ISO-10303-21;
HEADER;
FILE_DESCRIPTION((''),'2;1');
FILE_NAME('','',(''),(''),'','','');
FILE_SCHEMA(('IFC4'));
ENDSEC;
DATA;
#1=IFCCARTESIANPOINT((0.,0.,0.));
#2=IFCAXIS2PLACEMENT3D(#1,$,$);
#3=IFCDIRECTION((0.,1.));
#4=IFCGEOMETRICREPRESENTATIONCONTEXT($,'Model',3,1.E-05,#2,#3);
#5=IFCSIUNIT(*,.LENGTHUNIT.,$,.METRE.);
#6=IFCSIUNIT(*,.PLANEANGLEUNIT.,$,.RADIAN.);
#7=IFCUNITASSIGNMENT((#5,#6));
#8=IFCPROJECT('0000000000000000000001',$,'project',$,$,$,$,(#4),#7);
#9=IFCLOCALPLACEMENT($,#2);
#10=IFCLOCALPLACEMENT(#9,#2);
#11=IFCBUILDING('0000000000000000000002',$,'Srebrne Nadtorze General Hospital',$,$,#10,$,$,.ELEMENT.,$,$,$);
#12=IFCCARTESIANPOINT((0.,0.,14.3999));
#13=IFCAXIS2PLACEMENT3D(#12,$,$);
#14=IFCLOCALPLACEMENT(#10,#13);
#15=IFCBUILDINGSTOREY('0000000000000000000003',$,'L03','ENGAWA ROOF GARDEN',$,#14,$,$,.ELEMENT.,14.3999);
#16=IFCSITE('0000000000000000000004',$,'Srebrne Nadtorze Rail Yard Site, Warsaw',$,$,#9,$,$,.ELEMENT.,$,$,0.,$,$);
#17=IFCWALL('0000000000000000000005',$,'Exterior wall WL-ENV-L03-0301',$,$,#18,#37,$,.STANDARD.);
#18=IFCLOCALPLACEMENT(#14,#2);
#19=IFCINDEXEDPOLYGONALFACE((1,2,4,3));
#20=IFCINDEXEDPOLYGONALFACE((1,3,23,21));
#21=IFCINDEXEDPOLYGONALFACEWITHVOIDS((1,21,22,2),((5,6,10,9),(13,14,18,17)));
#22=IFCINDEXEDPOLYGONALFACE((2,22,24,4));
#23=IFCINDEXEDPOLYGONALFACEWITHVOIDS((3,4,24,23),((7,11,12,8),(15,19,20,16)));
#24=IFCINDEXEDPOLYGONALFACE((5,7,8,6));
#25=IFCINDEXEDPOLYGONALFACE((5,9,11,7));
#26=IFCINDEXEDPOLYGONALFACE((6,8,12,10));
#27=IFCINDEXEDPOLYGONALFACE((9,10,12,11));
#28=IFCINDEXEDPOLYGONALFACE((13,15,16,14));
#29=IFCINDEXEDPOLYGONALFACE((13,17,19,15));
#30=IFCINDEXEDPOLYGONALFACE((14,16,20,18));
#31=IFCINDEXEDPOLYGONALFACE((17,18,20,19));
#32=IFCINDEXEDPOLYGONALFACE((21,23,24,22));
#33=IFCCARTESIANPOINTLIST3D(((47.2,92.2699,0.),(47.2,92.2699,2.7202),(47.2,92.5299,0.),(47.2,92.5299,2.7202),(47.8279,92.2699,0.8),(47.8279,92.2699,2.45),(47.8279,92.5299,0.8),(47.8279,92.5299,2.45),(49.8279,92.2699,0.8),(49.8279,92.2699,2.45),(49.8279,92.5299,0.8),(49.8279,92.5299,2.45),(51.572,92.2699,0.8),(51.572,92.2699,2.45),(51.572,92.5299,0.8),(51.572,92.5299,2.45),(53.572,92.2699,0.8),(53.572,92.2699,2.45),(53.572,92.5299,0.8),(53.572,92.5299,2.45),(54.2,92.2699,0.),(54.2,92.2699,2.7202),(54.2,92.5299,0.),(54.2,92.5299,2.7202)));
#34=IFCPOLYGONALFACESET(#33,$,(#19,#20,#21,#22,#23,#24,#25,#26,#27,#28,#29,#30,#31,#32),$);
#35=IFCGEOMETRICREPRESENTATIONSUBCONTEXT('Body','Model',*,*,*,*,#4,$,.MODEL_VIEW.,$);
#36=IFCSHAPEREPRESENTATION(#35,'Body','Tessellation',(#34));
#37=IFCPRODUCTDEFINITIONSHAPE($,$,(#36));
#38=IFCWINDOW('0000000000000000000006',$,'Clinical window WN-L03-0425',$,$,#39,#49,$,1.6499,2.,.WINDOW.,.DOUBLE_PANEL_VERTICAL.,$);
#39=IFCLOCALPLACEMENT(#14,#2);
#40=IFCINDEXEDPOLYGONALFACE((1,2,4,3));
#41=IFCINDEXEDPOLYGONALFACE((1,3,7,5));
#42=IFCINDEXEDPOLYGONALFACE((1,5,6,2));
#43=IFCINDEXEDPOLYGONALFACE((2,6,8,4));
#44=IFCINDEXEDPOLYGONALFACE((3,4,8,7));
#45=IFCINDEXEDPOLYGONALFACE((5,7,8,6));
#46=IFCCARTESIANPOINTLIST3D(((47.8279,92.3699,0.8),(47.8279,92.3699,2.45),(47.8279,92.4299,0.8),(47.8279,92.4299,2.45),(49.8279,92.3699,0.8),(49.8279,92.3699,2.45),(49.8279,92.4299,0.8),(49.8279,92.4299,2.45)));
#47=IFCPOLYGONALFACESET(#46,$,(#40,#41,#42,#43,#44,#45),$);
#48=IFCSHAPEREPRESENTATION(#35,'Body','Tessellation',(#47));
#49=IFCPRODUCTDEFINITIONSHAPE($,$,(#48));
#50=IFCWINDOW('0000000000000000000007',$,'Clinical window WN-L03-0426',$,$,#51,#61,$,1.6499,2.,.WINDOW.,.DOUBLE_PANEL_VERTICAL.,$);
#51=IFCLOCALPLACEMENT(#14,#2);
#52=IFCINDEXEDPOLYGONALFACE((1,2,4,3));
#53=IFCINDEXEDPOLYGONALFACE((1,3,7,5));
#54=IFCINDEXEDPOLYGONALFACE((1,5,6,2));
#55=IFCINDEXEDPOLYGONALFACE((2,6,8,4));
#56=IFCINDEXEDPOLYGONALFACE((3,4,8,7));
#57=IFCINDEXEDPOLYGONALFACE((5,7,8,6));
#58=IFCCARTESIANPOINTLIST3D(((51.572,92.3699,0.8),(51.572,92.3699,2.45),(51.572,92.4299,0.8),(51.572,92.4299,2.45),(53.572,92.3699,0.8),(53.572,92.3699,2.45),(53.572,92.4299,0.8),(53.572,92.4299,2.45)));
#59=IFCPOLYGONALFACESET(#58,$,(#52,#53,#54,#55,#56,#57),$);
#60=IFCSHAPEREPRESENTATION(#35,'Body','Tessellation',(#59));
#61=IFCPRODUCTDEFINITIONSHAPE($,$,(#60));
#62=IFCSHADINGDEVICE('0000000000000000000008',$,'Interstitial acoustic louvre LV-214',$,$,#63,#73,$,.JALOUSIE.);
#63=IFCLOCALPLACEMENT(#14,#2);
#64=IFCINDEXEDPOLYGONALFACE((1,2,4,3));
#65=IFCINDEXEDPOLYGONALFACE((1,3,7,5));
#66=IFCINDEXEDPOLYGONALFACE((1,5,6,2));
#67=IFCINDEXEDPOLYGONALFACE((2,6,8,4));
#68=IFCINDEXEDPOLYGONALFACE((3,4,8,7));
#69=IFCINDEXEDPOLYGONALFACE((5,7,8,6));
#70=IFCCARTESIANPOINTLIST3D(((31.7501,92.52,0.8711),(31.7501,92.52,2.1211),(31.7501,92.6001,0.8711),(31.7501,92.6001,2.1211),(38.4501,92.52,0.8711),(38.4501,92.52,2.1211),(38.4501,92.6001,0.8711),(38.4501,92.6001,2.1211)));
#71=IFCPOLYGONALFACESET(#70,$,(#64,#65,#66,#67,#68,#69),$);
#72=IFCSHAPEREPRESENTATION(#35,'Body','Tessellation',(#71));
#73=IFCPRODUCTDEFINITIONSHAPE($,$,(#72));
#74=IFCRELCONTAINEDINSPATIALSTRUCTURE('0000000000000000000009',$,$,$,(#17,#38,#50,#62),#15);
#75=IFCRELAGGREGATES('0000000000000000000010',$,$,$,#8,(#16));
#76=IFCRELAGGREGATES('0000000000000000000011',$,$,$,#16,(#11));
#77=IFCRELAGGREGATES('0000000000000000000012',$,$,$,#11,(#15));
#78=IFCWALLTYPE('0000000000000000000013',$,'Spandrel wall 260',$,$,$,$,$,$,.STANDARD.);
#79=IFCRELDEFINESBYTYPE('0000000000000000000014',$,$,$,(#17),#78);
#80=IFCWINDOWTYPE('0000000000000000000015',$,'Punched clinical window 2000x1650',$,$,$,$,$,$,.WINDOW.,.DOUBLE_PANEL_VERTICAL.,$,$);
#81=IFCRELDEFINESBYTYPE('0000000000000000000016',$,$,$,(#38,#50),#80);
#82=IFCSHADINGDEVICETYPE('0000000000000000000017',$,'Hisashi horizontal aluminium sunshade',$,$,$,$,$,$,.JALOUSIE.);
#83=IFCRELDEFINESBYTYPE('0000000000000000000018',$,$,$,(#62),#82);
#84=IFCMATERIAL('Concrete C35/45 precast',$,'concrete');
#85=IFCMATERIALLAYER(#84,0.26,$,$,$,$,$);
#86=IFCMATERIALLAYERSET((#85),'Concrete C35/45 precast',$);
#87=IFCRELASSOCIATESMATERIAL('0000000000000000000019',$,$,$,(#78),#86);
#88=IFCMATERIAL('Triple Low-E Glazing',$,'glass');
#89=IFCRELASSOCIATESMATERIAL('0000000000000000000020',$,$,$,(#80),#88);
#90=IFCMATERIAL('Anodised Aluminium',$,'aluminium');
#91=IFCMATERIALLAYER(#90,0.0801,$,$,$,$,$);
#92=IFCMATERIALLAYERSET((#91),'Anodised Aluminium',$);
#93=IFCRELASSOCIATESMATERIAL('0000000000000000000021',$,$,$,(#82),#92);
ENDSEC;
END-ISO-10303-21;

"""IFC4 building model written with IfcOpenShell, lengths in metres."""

from ifc_helpers import new_model, si_unit, direction, frame, frame_2d, origin, origin_2d, place, context, subcontext, project, spatial, rectangle, extrude, material, layer, layer_set, type_object, element, fill, save


model = new_model("IFC4")

# Units and contexts
model_context = context("Model", 3, precision=1e-05, world=origin(), true_north=direction((0.0, 1.0)))
body_context = subcontext(model_context, "Body", "Model", "MODEL_VIEW")
ifc_project = project(units=[si_unit("LENGTHUNIT", "METRE"), si_unit("PLANEANGLEUNIT", "RADIAN")], contexts=[model_context])

# Site, building, storey
site_placement = place(None, origin())
site = spatial("IfcSite", under=ifc_project, at=site_placement, Name="Srebrne Nadtorze Rail Yard Site, Warsaw", CompositionType="ELEMENT", RefElevation=0.0)
building_placement = place(site_placement, origin())
building = spatial("IfcBuilding", under=site, at=building_placement, Name="Srebrne Nadtorze General Hospital", CompositionType="ELEMENT")
storey_placement = place(building_placement, frame((0.0, 0.0, 14.3999)))
storey = spatial("IfcBuildingStorey", under=building, at=storey_placement, Name="L03", Description="ENGAWA ROOF GARDEN", CompositionType="ELEMENT", Elevation=14.3999)

# Shared definitions
ifc_material_1 = material(Name="Concrete C35/45 precast", Category="concrete")
ifc_layer_1 = layer(ifc_material_1, 0.26)
ifc_layer_set_1 = layer_set([ifc_layer_1], Name="Concrete C35/45 precast")
wall_type_1 = type_object("IfcWallType", Name="Spandrel wall 260", PredefinedType="STANDARD", material=ifc_layer_set_1)

# Wall, openings, windows
wall_1_placement = place(storey_placement, frame((47.2, 92.3999, 0.0), z_axis=(0.0, 0.0, 1.0), x_axis=(1.0, 0.0, 0.0)))
wall_1 = element("IfcWall", 1, at=wall_1_placement, inside=storey, type_object=wall_type_1, Name="Exterior wall WL-ENV-L03-0301", PredefinedType="STANDARD", context=body_context, shape_type="SweptSolid", body=[
    extrude(rectangle(XDim=7.0, YDim=0.26, at=frame_2d((3.5, 0.0))), origin(), (0.0, 0.0, 1.0), 2.7202),
])
opening_1_placement = place(wall_1_placement, frame((0.6279, 0.0, 0.8)))
opening_1 = element("IfcOpeningElement", 2, at=opening_1_placement, cuts=wall_1, PredefinedType="OPENING", context=body_context, shape_type="SweptSolid", body=[
    extrude(rectangle(XDim=2.0, YDim=1.6499, at=frame_2d((1.0, 0.825))), frame((0.0, 0.1421, 0.0), z_axis=(0.0, -1.0, 0.0), x_axis=(1.0, 0.0, 0.0)), (0.0, 0.0, 1.0), 0.2839),
])
opening_2_placement = place(wall_1_placement, frame((4.3721, 0.0, 0.8)))
opening_2 = element("IfcOpeningElement", 3, at=opening_2_placement, cuts=wall_1, PredefinedType="OPENING", context=body_context, shape_type="SweptSolid", body=[
    extrude(rectangle(XDim=2.0, YDim=1.6499, at=frame_2d((1.0, 0.825))), frame((0.0, 0.1421, 0.0), z_axis=(0.0, -1.0, 0.0), x_axis=(1.0, 0.0, 0.0)), (0.0, 0.0, 1.0), 0.2839),
])
ifc_material_2 = material(Name="Triple Low-E Glazing", Category="glass")
window_type = type_object("IfcWindowType", Name="Punched clinical window 2000x1650", PartitioningType="DOUBLE_PANEL_VERTICAL", PredefinedType="WINDOW", material=ifc_material_2)
window_1_placement = place(opening_1_placement, origin())
window_1 = element("IfcWindow", 4, at=window_1_placement, inside=storey, type_object=window_type, Name="Clinical window WN-L03-0425", OverallHeight=1.6499, OverallWidth=2.0, PartitioningType="DOUBLE_PANEL_VERTICAL", PredefinedType="WINDOW", context=body_context, shape_type="SweptSolid", body=[
    extrude(rectangle(XDim=2.0, YDim=1.6499, at=frame_2d((1.0, 0.825))), frame((0.0, 0.03, 0.0), z_axis=(0.0, -1.0, 0.0), x_axis=(1.0, 0.0, 0.0)), (0.0, 0.0, 1.0), 0.0601),
])
fill(opening_1, window_1)
window_2_placement = place(opening_2_placement, origin())
window_2 = element("IfcWindow", 5, at=window_2_placement, inside=storey, type_object=window_type, Name="Clinical window WN-L03-0426", OverallHeight=1.6499, OverallWidth=2.0, PartitioningType="DOUBLE_PANEL_VERTICAL", PredefinedType="WINDOW", context=body_context, shape_type="SweptSolid", body=[
    extrude(rectangle(XDim=2.0, YDim=1.6499, at=frame_2d((1.0, 0.825))), frame((0.0, 0.03, 0.0), z_axis=(0.0, -1.0, 0.0), x_axis=(1.0, 0.0, 0.0)), (0.0, 0.0, 1.0), 0.0601),
])
fill(opening_2, window_2)

# Shading device
ifc_material_3 = material(Name="Anodised Aluminium", Category="aluminium")
ifc_layer_2 = layer(ifc_material_3, 0.0801)
ifc_layer_set_2 = layer_set([ifc_layer_2], Name="Anodised Aluminium")
shading_device_type = type_object("IfcShadingDeviceType", Name="Hisashi horizontal aluminium sunshade", PredefinedType="JALOUSIE", material=ifc_layer_set_2)
shading_device_placement = place(storey_placement, frame((35.1001, 92.5601, 0.8711), z_axis=(0.0, 0.0, 1.0), x_axis=(1.0, 0.0, 0.0)))
element("IfcShadingDevice", 6, at=shading_device_placement, inside=storey, type_object=shading_device_type, Name="Interstitial acoustic louvre LV-214", PredefinedType="JALOUSIE", context=body_context, shape_type="SweptSolid", body=[
    extrude(rectangle(XDim=6.7, YDim=0.0801, at=origin_2d()), origin(), (0.0, 0.0, 1.0), 1.25),
])

save(model, "model.ifc")
